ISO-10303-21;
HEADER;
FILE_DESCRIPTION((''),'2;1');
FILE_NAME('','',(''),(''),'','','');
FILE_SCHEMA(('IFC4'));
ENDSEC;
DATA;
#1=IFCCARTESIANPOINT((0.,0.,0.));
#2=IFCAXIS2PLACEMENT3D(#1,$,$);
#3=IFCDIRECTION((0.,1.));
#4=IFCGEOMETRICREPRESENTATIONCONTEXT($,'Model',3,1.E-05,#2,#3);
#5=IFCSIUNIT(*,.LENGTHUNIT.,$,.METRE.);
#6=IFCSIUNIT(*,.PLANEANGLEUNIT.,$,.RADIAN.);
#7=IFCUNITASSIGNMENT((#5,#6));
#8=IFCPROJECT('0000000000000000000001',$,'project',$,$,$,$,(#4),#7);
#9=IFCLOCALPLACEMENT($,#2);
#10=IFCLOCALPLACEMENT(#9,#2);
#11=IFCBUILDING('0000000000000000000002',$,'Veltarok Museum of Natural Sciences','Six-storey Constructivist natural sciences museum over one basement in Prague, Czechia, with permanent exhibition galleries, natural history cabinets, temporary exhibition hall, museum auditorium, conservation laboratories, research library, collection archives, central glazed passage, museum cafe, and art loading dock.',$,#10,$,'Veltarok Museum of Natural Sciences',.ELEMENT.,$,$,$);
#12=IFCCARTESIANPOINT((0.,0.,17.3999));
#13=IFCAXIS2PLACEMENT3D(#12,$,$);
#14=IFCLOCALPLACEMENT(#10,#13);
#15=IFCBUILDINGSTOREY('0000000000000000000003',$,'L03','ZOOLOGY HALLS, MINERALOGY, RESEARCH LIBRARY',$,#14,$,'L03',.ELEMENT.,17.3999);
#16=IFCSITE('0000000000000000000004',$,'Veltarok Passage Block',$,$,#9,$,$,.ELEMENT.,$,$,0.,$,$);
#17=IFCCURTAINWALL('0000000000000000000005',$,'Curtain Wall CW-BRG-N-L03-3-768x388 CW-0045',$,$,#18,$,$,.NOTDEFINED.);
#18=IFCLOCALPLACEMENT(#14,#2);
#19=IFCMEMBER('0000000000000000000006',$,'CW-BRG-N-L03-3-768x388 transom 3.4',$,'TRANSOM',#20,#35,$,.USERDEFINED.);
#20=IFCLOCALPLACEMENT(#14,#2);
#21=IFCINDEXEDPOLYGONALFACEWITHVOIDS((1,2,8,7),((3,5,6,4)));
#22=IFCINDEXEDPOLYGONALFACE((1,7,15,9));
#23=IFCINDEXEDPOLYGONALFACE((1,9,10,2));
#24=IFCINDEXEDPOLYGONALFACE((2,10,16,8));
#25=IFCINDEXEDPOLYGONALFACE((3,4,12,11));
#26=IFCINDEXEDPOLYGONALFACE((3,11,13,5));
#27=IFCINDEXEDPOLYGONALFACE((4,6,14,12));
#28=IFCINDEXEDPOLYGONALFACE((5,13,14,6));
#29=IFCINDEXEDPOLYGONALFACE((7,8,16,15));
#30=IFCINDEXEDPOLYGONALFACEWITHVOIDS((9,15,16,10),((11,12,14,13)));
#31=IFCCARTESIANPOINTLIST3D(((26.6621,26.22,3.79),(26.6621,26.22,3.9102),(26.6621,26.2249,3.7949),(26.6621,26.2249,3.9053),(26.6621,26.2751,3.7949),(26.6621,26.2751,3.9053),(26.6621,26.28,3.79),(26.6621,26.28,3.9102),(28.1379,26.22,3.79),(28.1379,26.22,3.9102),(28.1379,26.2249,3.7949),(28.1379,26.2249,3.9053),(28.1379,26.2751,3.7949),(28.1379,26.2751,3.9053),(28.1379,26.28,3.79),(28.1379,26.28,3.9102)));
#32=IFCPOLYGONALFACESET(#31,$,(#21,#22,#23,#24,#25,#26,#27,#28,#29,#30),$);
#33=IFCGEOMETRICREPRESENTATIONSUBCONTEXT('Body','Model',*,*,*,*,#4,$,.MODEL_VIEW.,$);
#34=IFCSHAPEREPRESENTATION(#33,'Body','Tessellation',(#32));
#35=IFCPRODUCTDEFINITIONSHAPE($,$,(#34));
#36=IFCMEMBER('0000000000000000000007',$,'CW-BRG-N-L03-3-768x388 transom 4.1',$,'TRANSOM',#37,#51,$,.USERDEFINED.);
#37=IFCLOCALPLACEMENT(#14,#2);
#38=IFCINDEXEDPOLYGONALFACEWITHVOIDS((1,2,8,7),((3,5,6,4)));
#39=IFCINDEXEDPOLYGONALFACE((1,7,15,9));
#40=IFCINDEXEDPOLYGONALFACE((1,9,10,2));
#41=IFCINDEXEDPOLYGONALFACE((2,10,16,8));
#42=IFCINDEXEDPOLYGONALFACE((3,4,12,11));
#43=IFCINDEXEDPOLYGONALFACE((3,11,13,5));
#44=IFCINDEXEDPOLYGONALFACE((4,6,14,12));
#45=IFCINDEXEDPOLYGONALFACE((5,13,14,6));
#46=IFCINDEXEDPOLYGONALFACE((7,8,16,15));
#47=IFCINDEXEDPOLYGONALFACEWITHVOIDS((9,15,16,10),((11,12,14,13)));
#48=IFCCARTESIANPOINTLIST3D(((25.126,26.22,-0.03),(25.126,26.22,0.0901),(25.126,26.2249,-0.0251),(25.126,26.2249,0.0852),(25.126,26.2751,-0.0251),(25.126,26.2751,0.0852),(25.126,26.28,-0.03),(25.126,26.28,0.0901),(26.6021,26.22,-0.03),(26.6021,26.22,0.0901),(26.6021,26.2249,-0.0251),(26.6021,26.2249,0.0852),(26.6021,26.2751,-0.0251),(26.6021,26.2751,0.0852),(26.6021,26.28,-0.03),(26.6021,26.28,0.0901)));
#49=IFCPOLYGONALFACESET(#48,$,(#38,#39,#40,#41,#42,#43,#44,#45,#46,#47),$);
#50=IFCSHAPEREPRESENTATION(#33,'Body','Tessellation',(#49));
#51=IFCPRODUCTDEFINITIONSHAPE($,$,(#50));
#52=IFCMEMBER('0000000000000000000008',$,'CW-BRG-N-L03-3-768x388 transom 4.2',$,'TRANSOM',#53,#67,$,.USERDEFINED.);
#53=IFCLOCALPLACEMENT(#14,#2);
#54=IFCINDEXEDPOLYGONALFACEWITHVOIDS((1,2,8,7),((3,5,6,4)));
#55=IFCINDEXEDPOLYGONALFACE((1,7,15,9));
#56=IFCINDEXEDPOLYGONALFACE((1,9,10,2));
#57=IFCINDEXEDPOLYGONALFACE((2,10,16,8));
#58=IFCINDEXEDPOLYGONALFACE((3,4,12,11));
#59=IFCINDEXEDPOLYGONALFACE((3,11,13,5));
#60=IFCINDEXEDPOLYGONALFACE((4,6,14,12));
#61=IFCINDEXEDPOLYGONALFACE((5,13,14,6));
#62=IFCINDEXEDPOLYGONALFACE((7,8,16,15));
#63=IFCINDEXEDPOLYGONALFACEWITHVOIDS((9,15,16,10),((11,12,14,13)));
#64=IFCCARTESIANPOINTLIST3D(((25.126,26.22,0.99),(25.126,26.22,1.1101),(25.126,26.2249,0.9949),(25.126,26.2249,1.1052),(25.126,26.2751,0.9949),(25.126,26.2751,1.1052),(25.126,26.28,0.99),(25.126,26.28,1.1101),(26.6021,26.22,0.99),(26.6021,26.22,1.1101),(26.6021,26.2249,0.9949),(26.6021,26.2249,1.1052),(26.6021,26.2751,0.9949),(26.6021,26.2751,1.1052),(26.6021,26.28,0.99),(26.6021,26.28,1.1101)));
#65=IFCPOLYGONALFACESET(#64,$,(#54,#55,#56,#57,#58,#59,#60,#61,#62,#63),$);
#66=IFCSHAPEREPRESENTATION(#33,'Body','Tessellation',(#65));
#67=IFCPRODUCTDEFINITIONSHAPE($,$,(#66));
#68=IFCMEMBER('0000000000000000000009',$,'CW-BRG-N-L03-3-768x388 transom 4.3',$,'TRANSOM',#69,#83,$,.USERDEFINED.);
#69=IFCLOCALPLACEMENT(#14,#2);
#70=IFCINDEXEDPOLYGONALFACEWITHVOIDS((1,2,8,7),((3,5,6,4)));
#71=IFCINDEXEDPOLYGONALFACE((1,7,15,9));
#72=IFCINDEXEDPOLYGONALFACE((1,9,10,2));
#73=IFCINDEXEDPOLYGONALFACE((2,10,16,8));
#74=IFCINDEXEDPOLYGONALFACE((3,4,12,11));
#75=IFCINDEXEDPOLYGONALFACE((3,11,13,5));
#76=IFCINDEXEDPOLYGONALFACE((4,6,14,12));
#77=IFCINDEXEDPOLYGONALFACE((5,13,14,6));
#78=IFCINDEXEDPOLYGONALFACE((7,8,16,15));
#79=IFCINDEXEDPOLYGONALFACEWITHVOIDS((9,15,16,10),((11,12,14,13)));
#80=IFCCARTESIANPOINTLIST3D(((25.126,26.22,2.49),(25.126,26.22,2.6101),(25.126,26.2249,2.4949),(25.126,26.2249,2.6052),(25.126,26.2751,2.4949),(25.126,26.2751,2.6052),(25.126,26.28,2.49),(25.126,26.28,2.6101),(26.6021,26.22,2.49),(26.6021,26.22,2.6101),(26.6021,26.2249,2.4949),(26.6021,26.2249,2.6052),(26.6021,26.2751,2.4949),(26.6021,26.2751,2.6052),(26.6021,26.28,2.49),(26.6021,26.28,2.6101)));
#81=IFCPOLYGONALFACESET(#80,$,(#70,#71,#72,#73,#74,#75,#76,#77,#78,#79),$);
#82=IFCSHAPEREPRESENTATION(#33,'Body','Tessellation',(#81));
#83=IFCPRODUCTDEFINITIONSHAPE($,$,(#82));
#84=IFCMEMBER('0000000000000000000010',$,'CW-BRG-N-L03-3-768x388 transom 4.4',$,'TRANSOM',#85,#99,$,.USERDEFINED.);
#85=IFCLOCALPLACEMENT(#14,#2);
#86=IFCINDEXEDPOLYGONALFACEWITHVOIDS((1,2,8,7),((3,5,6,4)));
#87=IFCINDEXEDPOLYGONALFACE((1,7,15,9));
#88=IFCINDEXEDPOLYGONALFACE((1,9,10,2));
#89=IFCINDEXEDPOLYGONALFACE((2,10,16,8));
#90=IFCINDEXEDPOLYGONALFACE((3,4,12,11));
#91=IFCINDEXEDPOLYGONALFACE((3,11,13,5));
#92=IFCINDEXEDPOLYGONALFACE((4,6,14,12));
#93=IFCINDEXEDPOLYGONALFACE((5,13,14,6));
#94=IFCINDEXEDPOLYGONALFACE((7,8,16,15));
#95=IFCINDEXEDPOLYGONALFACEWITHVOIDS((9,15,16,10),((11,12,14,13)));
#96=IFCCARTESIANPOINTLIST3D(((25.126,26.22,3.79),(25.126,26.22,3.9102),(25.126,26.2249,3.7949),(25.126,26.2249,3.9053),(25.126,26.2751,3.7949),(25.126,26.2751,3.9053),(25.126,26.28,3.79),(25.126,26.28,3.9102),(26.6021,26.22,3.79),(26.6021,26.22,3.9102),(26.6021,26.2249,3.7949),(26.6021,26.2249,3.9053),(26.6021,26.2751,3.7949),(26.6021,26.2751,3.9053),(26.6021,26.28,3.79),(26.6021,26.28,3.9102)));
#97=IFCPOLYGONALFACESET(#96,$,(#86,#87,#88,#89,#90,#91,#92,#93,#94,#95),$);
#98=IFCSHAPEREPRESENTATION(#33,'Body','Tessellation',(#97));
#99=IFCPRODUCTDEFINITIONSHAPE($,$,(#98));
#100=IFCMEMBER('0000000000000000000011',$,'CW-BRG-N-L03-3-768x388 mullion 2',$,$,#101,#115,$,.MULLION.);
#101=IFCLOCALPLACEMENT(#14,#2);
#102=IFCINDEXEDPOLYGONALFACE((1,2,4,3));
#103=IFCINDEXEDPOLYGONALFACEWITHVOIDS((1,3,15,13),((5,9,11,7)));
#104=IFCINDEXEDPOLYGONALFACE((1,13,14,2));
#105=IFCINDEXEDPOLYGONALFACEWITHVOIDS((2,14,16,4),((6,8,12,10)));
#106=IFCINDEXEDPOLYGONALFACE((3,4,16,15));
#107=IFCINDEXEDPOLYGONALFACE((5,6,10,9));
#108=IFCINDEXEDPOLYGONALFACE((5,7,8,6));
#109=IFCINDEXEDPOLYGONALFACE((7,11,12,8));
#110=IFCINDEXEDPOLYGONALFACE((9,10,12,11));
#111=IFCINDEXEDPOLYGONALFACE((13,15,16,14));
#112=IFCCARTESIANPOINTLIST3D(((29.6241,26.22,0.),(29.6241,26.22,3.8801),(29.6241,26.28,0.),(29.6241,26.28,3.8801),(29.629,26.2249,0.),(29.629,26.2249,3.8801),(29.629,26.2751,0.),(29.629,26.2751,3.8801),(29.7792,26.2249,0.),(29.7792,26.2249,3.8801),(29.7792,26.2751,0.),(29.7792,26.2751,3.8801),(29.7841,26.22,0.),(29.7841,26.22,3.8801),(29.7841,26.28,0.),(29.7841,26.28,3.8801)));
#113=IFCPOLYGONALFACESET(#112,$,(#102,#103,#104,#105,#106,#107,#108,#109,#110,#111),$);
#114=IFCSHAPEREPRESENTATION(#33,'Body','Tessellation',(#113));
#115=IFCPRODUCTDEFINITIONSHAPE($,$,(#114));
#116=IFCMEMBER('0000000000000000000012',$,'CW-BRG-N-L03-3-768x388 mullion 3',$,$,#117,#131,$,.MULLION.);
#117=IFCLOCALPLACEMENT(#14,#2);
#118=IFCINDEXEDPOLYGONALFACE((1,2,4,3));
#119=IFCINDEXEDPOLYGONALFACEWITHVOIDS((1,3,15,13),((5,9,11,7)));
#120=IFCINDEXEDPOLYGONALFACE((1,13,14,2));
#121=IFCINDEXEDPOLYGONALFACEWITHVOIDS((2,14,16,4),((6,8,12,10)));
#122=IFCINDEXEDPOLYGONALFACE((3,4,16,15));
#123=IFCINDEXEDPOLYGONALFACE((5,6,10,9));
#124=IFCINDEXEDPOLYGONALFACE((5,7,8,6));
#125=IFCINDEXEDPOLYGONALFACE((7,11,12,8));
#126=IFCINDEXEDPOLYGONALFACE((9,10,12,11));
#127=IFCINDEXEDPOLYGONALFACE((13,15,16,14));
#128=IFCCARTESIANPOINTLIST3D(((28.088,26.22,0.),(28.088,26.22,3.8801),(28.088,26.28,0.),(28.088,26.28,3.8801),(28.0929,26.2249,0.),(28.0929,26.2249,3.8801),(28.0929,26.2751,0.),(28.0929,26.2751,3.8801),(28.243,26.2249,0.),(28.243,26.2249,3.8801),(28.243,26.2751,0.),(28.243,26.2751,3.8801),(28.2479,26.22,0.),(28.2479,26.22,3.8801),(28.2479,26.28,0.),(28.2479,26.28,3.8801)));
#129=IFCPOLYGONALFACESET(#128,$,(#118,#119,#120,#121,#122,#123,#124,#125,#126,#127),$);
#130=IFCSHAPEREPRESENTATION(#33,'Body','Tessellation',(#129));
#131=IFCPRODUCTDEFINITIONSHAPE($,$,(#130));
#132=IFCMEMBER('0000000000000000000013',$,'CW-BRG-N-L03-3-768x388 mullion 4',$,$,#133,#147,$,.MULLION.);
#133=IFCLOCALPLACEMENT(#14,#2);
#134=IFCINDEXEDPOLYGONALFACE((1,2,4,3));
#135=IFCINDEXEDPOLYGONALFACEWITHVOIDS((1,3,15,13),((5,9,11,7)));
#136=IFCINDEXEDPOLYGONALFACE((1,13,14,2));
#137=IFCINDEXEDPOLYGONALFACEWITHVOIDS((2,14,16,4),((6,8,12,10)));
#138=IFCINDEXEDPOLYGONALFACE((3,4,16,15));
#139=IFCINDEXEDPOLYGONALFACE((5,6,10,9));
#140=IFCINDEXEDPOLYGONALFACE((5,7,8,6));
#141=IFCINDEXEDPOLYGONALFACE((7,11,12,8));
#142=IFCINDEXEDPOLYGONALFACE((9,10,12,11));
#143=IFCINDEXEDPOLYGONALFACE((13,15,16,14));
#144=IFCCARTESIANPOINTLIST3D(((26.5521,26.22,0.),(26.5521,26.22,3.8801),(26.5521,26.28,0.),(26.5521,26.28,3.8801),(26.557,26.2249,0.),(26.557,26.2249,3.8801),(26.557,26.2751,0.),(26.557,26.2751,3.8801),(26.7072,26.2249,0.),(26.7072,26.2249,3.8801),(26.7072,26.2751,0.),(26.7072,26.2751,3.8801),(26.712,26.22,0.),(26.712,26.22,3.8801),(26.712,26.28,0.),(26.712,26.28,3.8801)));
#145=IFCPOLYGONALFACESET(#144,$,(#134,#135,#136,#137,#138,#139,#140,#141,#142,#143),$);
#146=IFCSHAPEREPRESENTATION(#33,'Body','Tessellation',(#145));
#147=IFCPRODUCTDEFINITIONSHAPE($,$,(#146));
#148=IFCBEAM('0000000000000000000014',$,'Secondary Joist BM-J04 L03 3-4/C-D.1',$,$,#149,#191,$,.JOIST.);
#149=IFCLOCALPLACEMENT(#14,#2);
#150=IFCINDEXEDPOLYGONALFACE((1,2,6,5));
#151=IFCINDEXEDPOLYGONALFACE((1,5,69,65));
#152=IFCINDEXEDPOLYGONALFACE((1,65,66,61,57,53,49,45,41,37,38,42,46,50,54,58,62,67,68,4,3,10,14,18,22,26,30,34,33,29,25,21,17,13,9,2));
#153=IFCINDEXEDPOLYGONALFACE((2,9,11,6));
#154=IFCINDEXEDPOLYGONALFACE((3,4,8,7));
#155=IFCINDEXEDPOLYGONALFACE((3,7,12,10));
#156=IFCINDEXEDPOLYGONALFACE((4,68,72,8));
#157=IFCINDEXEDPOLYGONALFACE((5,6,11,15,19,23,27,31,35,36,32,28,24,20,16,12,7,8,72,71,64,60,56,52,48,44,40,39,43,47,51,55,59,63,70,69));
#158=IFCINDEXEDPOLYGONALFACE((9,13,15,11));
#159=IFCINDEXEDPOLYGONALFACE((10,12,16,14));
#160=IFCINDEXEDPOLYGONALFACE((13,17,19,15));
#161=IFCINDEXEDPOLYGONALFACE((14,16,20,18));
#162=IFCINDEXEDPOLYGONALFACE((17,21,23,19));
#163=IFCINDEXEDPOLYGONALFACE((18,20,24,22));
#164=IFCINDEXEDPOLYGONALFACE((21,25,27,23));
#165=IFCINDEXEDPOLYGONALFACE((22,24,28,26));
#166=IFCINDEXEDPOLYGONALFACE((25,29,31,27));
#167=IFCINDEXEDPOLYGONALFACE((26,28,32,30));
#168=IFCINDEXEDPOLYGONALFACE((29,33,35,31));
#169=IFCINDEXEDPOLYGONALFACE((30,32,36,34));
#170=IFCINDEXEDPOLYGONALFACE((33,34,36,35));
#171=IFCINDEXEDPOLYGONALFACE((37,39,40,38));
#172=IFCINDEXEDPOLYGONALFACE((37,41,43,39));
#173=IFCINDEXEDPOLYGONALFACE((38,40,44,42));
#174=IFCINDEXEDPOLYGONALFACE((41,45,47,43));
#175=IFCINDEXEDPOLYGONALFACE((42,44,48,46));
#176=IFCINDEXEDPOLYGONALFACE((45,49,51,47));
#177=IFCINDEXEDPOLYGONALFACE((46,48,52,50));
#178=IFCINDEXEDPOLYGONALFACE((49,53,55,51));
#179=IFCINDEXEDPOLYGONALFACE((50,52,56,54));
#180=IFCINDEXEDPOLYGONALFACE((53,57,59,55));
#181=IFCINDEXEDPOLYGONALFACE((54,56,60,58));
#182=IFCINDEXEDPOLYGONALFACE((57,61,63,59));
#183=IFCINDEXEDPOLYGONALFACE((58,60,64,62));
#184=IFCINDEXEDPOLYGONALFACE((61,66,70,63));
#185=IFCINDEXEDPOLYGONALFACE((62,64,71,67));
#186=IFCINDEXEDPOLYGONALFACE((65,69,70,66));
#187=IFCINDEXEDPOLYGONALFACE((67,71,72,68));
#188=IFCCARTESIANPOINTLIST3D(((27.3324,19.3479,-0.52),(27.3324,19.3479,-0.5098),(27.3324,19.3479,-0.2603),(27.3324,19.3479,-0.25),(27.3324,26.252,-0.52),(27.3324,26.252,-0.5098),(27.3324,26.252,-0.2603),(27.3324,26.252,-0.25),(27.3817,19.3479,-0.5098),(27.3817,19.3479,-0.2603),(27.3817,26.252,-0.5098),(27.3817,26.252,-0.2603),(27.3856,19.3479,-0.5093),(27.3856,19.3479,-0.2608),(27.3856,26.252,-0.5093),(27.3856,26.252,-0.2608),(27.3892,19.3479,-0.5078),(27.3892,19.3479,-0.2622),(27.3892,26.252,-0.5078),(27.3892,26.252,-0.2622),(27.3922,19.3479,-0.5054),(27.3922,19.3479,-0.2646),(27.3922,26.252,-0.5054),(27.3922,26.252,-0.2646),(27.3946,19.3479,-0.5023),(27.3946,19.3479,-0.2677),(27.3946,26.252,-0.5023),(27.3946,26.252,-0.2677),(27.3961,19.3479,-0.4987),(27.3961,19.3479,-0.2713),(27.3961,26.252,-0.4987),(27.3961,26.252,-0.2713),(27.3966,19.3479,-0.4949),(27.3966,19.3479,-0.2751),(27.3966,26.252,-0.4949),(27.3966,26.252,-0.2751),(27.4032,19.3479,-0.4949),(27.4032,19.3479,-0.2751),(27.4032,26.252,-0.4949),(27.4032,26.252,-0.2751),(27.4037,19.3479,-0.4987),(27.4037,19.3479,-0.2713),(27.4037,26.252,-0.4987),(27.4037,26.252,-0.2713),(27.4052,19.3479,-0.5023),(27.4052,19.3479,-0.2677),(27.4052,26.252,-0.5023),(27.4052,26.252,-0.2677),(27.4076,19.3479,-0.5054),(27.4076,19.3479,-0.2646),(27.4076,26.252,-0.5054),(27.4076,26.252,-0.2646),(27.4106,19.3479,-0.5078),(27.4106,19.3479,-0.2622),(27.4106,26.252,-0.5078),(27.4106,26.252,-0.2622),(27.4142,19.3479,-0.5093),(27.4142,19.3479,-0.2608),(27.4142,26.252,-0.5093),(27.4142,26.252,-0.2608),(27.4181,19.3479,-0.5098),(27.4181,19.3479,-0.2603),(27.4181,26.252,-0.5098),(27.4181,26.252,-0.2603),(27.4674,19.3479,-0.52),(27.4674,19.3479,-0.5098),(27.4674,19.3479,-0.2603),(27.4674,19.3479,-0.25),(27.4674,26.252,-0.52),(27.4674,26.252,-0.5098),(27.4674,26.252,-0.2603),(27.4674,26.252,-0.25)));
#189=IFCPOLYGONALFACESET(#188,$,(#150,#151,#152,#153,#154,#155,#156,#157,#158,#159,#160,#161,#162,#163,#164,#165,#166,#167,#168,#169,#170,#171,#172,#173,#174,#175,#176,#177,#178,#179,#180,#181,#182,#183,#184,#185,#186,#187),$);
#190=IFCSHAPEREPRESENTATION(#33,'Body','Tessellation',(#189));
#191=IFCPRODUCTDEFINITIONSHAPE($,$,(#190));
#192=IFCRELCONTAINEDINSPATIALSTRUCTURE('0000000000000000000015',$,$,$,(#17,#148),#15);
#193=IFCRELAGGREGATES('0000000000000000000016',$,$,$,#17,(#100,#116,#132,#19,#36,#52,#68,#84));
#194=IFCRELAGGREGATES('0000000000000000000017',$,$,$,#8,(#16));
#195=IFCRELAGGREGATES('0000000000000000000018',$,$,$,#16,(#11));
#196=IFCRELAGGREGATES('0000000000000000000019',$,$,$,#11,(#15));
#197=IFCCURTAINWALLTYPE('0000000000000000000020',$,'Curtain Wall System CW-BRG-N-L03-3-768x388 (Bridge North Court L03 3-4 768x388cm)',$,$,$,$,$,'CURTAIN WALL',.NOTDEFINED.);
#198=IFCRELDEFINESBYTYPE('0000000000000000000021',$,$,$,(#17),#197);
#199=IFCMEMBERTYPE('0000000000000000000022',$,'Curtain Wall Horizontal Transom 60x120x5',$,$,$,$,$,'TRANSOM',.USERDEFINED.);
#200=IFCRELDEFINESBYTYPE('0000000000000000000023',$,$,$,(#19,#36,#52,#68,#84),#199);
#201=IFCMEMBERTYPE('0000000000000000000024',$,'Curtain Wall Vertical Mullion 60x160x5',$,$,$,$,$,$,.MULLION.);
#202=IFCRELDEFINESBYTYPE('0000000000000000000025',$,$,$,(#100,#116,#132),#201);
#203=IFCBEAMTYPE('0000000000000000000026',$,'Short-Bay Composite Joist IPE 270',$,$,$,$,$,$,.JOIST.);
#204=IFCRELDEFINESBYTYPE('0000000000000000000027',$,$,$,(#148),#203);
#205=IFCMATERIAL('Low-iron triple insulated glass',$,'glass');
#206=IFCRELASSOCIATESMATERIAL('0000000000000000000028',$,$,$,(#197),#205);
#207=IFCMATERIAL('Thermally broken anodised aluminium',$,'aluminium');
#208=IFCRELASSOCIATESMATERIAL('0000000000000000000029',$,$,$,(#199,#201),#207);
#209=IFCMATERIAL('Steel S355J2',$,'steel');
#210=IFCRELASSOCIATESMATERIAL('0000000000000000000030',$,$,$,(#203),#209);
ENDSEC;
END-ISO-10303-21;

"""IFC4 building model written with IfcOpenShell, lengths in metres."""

from ifc_helpers import new_model, si_unit, direction, frame, origin, origin_2d, place, context, subcontext, project, spatial, hollow_rectangle, i_section, extrude, material, material_profile, profile_set, type_object, element, aggregate, save


model = new_model("IFC4")

# Units and contexts
model_context = context("Model", 3, precision=1e-05, world=origin(), true_north=direction((0.0, 1.0)))
body_context = subcontext(model_context, "Body", "Model", "MODEL_VIEW")
ifc_project = project(units=[si_unit("LENGTHUNIT", "METRE"), si_unit("PLANEANGLEUNIT", "RADIAN")], contexts=[model_context])

# Site, building, storey
site_placement = place(None, origin())
site = spatial("IfcSite", under=ifc_project, at=site_placement, Name="Veltarok Passage Block", CompositionType="ELEMENT", RefElevation=0.0)
building_placement = place(site_placement, origin())
building = spatial("IfcBuilding", under=site, at=building_placement, Name="Veltarok Museum of Natural Sciences", Description="Six-storey Constructivist natural sciences museum over one basement in Prague, Czechia, with permanent exhibition galleries, natural history cabinets, temporary exhibition hall, museum auditorium, conservation laboratories, research library, collection archives, central glazed passage, museum cafe, and art loading dock.", LongName="Veltarok Museum of Natural Sciences", CompositionType="ELEMENT")
storey_placement = place(building_placement, frame((0.0, 0.0, 17.3999)))
storey = spatial("IfcBuildingStorey", under=building, at=storey_placement, Name="L03", Description="ZOOLOGY HALLS, MINERALOGY, RESEARCH LIBRARY", LongName="L03", CompositionType="ELEMENT", Elevation=17.3999)

# Curtain wall, members
ifc_material_1 = material(Name="Low-iron triple insulated glass", Category="glass")
curtain_wall_type = type_object("IfcCurtainWallType", Name="Curtain Wall System CW-BRG-N-L03-3-768x388 (Bridge North Court L03 3-4 768x388cm)", ElementType="CURTAIN WALL", PredefinedType="NOTDEFINED", material=ifc_material_1)
curtain_wall_placement = place(storey_placement, origin())
curtain_wall = element("IfcCurtainWall", 1, at=curtain_wall_placement, inside=storey, type_object=curtain_wall_type, Name="Curtain Wall CW-BRG-N-L03-3-768x388 CW-0045", PredefinedType="NOTDEFINED")
ifc_material_2 = material(Name="Thermally broken anodised aluminium", Category="aluminium")
ifc_material_profile_1 = material_profile(ifc_material_2, hollow_rectangle(XDim=0.0601, YDim=0.1201, WallThickness=0.0049, at=origin_2d()), Name="CW TRANSOM 60x120x5")
ifc_profile_set_1 = profile_set([ifc_material_profile_1], Name="Thermally broken anodised aluminium")
member_type_1 = type_object("IfcMemberType", Name="Curtain Wall Horizontal Transom 60x120x5", ElementType="TRANSOM", PredefinedType="USERDEFINED", material=ifc_profile_set_1)
member_1_placement = place(storey_placement, frame((28.1379, 26.25, 3.8501), z_axis=(-1.0, 0.0, 0.0), x_axis=(0.0, -1.0, 0.0)))
member_1 = element("IfcMember", 2, at=member_1_placement, type_object=member_type_1, Name="CW-BRG-N-L03-3-768x388 transom 3.4", ObjectType="TRANSOM", PredefinedType="USERDEFINED", context=body_context, shape_type="SweptSolid", body=[
    extrude(hollow_rectangle(XDim=0.0601, YDim=0.1201, WallThickness=0.0049, at=origin_2d()), origin(), (0.0, 0.0, 1.0), 1.4758),
])
member_2_placement = place(storey_placement, frame((26.6021, 26.25, 0.03), z_axis=(-1.0, 0.0, 0.0), x_axis=(0.0, -1.0, 0.0)))
member_2 = element("IfcMember", 3, at=member_2_placement, type_object=member_type_1, Name="CW-BRG-N-L03-3-768x388 transom 4.1", ObjectType="TRANSOM", PredefinedType="USERDEFINED", context=body_context, shape_type="SweptSolid", body=[
    extrude(hollow_rectangle(XDim=0.0601, YDim=0.1201, WallThickness=0.0049, at=origin_2d()), origin(), (0.0, 0.0, 1.0), 1.4761),
])
member_3_placement = place(storey_placement, frame((26.6021, 26.25, 1.05), z_axis=(-1.0, 0.0, 0.0), x_axis=(0.0, -1.0, 0.0)))
member_3 = element("IfcMember", 4, at=member_3_placement, type_object=member_type_1, Name="CW-BRG-N-L03-3-768x388 transom 4.2", ObjectType="TRANSOM", PredefinedType="USERDEFINED", context=body_context, shape_type="SweptSolid", body=[
    extrude(hollow_rectangle(XDim=0.0601, YDim=0.1201, WallThickness=0.0049, at=origin_2d()), origin(), (0.0, 0.0, 1.0), 1.4761),
])
member_4_placement = place(storey_placement, frame((26.6021, 26.25, 2.55), z_axis=(-1.0, 0.0, 0.0), x_axis=(0.0, -1.0, 0.0)))
member_4 = element("IfcMember", 5, at=member_4_placement, type_object=member_type_1, Name="CW-BRG-N-L03-3-768x388 transom 4.3", ObjectType="TRANSOM", PredefinedType="USERDEFINED", context=body_context, shape_type="SweptSolid", body=[
    extrude(hollow_rectangle(XDim=0.0601, YDim=0.1201, WallThickness=0.0049, at=origin_2d()), origin(), (0.0, 0.0, 1.0), 1.4761),
])
member_5_placement = place(storey_placement, frame((26.6021, 26.25, 3.8501), z_axis=(-1.0, 0.0, 0.0), x_axis=(0.0, -1.0, 0.0)))
member_5 = element("IfcMember", 6, at=member_5_placement, type_object=member_type_1, Name="CW-BRG-N-L03-3-768x388 transom 4.4", ObjectType="TRANSOM", PredefinedType="USERDEFINED", context=body_context, shape_type="SweptSolid", body=[
    extrude(hollow_rectangle(XDim=0.0601, YDim=0.1201, WallThickness=0.0049, at=origin_2d()), origin(), (0.0, 0.0, 1.0), 1.4761),
])
ifc_material_profile_2 = material_profile(ifc_material_2, hollow_rectangle(XDim=0.0601, YDim=0.1599, WallThickness=0.0049, at=origin_2d()), Name="CW MULLION 60x160x5")
ifc_profile_set_2 = profile_set([ifc_material_profile_2], Name="Thermally broken anodised aluminium")
member_type_2 = type_object("IfcMemberType", Name="Curtain Wall Vertical Mullion 60x160x5", PredefinedType="MULLION", material=ifc_profile_set_2)
member_6_placement = place(storey_placement, frame((29.7041, 26.25, 0.0), z_axis=(0.0, 0.0, 1.0), x_axis=(0.0, -1.0, 0.0)))
member_6 = element("IfcMember", 7, at=member_6_placement, type_object=member_type_2, Name="CW-BRG-N-L03-3-768x388 mullion 2", PredefinedType="MULLION", context=body_context, shape_type="SweptSolid", body=[
    extrude(hollow_rectangle(XDim=0.0601, YDim=0.1599, WallThickness=0.0049, at=origin_2d()), origin(), (0.0, 0.0, 1.0), 3.8801),
])
member_7_placement = place(storey_placement, frame((28.168, 26.25, 0.0), z_axis=(0.0, 0.0, 1.0), x_axis=(0.0, -1.0, 0.0)))
member_7 = element("IfcMember", 8, at=member_7_placement, type_object=member_type_2, Name="CW-BRG-N-L03-3-768x388 mullion 3", PredefinedType="MULLION", context=body_context, shape_type="SweptSolid", body=[
    extrude(hollow_rectangle(XDim=0.0601, YDim=0.1599, WallThickness=0.0049, at=origin_2d()), origin(), (0.0, 0.0, 1.0), 3.8801),
])
member_8_placement = place(storey_placement, frame((26.6321, 26.25, 0.0), z_axis=(0.0, 0.0, 1.0), x_axis=(0.0, -1.0, 0.0)))
member_8 = element("IfcMember", 9, at=member_8_placement, type_object=member_type_2, Name="CW-BRG-N-L03-3-768x388 mullion 4", PredefinedType="MULLION", context=body_context, shape_type="SweptSolid", body=[
    extrude(hollow_rectangle(XDim=0.0601, YDim=0.1599, WallThickness=0.0049, at=origin_2d()), origin(), (0.0, 0.0, 1.0), 3.8801),
])

# Beam
ifc_material_3 = material(Name="Steel S355J2", Category="steel")
ifc_material_profile_3 = material_profile(ifc_material_3, i_section(OverallWidth=0.135, OverallDepth=0.27, WebThickness=0.0066, FlangeThickness=0.0103, FilletRadius=0.0149, at=origin_2d()), Name="IPE 270")
ifc_profile_set_3 = profile_set([ifc_material_profile_3], Name="Steel S355J2")
beam_type = type_object("IfcBeamType", Name="Short-Bay Composite Joist IPE 270", PredefinedType="JOIST", material=ifc_profile_set_3)
beam_placement = place(storey_placement, frame((27.3999, 19.3479, -0.385), z_axis=(0.0, 1.0, 0.0), x_axis=(-1.0, 0.0, 0.0)))
element("IfcBeam", 10, at=beam_placement, inside=storey, type_object=beam_type, Name="Secondary Joist BM-J04 L03 3-4/C-D.1", PredefinedType="JOIST", context=body_context, shape_type="SweptSolid", body=[
    extrude(i_section(OverallWidth=0.135, OverallDepth=0.27, WebThickness=0.0066, FlangeThickness=0.0103, FilletRadius=0.0149, at=origin_2d()), origin(), (0.0, 0.0, 1.0), 6.9041),
])

aggregate(curtain_wall, [member_6, member_7, member_8, member_1, member_2, member_3, member_4, member_5])

save(model, "model.ifc")
